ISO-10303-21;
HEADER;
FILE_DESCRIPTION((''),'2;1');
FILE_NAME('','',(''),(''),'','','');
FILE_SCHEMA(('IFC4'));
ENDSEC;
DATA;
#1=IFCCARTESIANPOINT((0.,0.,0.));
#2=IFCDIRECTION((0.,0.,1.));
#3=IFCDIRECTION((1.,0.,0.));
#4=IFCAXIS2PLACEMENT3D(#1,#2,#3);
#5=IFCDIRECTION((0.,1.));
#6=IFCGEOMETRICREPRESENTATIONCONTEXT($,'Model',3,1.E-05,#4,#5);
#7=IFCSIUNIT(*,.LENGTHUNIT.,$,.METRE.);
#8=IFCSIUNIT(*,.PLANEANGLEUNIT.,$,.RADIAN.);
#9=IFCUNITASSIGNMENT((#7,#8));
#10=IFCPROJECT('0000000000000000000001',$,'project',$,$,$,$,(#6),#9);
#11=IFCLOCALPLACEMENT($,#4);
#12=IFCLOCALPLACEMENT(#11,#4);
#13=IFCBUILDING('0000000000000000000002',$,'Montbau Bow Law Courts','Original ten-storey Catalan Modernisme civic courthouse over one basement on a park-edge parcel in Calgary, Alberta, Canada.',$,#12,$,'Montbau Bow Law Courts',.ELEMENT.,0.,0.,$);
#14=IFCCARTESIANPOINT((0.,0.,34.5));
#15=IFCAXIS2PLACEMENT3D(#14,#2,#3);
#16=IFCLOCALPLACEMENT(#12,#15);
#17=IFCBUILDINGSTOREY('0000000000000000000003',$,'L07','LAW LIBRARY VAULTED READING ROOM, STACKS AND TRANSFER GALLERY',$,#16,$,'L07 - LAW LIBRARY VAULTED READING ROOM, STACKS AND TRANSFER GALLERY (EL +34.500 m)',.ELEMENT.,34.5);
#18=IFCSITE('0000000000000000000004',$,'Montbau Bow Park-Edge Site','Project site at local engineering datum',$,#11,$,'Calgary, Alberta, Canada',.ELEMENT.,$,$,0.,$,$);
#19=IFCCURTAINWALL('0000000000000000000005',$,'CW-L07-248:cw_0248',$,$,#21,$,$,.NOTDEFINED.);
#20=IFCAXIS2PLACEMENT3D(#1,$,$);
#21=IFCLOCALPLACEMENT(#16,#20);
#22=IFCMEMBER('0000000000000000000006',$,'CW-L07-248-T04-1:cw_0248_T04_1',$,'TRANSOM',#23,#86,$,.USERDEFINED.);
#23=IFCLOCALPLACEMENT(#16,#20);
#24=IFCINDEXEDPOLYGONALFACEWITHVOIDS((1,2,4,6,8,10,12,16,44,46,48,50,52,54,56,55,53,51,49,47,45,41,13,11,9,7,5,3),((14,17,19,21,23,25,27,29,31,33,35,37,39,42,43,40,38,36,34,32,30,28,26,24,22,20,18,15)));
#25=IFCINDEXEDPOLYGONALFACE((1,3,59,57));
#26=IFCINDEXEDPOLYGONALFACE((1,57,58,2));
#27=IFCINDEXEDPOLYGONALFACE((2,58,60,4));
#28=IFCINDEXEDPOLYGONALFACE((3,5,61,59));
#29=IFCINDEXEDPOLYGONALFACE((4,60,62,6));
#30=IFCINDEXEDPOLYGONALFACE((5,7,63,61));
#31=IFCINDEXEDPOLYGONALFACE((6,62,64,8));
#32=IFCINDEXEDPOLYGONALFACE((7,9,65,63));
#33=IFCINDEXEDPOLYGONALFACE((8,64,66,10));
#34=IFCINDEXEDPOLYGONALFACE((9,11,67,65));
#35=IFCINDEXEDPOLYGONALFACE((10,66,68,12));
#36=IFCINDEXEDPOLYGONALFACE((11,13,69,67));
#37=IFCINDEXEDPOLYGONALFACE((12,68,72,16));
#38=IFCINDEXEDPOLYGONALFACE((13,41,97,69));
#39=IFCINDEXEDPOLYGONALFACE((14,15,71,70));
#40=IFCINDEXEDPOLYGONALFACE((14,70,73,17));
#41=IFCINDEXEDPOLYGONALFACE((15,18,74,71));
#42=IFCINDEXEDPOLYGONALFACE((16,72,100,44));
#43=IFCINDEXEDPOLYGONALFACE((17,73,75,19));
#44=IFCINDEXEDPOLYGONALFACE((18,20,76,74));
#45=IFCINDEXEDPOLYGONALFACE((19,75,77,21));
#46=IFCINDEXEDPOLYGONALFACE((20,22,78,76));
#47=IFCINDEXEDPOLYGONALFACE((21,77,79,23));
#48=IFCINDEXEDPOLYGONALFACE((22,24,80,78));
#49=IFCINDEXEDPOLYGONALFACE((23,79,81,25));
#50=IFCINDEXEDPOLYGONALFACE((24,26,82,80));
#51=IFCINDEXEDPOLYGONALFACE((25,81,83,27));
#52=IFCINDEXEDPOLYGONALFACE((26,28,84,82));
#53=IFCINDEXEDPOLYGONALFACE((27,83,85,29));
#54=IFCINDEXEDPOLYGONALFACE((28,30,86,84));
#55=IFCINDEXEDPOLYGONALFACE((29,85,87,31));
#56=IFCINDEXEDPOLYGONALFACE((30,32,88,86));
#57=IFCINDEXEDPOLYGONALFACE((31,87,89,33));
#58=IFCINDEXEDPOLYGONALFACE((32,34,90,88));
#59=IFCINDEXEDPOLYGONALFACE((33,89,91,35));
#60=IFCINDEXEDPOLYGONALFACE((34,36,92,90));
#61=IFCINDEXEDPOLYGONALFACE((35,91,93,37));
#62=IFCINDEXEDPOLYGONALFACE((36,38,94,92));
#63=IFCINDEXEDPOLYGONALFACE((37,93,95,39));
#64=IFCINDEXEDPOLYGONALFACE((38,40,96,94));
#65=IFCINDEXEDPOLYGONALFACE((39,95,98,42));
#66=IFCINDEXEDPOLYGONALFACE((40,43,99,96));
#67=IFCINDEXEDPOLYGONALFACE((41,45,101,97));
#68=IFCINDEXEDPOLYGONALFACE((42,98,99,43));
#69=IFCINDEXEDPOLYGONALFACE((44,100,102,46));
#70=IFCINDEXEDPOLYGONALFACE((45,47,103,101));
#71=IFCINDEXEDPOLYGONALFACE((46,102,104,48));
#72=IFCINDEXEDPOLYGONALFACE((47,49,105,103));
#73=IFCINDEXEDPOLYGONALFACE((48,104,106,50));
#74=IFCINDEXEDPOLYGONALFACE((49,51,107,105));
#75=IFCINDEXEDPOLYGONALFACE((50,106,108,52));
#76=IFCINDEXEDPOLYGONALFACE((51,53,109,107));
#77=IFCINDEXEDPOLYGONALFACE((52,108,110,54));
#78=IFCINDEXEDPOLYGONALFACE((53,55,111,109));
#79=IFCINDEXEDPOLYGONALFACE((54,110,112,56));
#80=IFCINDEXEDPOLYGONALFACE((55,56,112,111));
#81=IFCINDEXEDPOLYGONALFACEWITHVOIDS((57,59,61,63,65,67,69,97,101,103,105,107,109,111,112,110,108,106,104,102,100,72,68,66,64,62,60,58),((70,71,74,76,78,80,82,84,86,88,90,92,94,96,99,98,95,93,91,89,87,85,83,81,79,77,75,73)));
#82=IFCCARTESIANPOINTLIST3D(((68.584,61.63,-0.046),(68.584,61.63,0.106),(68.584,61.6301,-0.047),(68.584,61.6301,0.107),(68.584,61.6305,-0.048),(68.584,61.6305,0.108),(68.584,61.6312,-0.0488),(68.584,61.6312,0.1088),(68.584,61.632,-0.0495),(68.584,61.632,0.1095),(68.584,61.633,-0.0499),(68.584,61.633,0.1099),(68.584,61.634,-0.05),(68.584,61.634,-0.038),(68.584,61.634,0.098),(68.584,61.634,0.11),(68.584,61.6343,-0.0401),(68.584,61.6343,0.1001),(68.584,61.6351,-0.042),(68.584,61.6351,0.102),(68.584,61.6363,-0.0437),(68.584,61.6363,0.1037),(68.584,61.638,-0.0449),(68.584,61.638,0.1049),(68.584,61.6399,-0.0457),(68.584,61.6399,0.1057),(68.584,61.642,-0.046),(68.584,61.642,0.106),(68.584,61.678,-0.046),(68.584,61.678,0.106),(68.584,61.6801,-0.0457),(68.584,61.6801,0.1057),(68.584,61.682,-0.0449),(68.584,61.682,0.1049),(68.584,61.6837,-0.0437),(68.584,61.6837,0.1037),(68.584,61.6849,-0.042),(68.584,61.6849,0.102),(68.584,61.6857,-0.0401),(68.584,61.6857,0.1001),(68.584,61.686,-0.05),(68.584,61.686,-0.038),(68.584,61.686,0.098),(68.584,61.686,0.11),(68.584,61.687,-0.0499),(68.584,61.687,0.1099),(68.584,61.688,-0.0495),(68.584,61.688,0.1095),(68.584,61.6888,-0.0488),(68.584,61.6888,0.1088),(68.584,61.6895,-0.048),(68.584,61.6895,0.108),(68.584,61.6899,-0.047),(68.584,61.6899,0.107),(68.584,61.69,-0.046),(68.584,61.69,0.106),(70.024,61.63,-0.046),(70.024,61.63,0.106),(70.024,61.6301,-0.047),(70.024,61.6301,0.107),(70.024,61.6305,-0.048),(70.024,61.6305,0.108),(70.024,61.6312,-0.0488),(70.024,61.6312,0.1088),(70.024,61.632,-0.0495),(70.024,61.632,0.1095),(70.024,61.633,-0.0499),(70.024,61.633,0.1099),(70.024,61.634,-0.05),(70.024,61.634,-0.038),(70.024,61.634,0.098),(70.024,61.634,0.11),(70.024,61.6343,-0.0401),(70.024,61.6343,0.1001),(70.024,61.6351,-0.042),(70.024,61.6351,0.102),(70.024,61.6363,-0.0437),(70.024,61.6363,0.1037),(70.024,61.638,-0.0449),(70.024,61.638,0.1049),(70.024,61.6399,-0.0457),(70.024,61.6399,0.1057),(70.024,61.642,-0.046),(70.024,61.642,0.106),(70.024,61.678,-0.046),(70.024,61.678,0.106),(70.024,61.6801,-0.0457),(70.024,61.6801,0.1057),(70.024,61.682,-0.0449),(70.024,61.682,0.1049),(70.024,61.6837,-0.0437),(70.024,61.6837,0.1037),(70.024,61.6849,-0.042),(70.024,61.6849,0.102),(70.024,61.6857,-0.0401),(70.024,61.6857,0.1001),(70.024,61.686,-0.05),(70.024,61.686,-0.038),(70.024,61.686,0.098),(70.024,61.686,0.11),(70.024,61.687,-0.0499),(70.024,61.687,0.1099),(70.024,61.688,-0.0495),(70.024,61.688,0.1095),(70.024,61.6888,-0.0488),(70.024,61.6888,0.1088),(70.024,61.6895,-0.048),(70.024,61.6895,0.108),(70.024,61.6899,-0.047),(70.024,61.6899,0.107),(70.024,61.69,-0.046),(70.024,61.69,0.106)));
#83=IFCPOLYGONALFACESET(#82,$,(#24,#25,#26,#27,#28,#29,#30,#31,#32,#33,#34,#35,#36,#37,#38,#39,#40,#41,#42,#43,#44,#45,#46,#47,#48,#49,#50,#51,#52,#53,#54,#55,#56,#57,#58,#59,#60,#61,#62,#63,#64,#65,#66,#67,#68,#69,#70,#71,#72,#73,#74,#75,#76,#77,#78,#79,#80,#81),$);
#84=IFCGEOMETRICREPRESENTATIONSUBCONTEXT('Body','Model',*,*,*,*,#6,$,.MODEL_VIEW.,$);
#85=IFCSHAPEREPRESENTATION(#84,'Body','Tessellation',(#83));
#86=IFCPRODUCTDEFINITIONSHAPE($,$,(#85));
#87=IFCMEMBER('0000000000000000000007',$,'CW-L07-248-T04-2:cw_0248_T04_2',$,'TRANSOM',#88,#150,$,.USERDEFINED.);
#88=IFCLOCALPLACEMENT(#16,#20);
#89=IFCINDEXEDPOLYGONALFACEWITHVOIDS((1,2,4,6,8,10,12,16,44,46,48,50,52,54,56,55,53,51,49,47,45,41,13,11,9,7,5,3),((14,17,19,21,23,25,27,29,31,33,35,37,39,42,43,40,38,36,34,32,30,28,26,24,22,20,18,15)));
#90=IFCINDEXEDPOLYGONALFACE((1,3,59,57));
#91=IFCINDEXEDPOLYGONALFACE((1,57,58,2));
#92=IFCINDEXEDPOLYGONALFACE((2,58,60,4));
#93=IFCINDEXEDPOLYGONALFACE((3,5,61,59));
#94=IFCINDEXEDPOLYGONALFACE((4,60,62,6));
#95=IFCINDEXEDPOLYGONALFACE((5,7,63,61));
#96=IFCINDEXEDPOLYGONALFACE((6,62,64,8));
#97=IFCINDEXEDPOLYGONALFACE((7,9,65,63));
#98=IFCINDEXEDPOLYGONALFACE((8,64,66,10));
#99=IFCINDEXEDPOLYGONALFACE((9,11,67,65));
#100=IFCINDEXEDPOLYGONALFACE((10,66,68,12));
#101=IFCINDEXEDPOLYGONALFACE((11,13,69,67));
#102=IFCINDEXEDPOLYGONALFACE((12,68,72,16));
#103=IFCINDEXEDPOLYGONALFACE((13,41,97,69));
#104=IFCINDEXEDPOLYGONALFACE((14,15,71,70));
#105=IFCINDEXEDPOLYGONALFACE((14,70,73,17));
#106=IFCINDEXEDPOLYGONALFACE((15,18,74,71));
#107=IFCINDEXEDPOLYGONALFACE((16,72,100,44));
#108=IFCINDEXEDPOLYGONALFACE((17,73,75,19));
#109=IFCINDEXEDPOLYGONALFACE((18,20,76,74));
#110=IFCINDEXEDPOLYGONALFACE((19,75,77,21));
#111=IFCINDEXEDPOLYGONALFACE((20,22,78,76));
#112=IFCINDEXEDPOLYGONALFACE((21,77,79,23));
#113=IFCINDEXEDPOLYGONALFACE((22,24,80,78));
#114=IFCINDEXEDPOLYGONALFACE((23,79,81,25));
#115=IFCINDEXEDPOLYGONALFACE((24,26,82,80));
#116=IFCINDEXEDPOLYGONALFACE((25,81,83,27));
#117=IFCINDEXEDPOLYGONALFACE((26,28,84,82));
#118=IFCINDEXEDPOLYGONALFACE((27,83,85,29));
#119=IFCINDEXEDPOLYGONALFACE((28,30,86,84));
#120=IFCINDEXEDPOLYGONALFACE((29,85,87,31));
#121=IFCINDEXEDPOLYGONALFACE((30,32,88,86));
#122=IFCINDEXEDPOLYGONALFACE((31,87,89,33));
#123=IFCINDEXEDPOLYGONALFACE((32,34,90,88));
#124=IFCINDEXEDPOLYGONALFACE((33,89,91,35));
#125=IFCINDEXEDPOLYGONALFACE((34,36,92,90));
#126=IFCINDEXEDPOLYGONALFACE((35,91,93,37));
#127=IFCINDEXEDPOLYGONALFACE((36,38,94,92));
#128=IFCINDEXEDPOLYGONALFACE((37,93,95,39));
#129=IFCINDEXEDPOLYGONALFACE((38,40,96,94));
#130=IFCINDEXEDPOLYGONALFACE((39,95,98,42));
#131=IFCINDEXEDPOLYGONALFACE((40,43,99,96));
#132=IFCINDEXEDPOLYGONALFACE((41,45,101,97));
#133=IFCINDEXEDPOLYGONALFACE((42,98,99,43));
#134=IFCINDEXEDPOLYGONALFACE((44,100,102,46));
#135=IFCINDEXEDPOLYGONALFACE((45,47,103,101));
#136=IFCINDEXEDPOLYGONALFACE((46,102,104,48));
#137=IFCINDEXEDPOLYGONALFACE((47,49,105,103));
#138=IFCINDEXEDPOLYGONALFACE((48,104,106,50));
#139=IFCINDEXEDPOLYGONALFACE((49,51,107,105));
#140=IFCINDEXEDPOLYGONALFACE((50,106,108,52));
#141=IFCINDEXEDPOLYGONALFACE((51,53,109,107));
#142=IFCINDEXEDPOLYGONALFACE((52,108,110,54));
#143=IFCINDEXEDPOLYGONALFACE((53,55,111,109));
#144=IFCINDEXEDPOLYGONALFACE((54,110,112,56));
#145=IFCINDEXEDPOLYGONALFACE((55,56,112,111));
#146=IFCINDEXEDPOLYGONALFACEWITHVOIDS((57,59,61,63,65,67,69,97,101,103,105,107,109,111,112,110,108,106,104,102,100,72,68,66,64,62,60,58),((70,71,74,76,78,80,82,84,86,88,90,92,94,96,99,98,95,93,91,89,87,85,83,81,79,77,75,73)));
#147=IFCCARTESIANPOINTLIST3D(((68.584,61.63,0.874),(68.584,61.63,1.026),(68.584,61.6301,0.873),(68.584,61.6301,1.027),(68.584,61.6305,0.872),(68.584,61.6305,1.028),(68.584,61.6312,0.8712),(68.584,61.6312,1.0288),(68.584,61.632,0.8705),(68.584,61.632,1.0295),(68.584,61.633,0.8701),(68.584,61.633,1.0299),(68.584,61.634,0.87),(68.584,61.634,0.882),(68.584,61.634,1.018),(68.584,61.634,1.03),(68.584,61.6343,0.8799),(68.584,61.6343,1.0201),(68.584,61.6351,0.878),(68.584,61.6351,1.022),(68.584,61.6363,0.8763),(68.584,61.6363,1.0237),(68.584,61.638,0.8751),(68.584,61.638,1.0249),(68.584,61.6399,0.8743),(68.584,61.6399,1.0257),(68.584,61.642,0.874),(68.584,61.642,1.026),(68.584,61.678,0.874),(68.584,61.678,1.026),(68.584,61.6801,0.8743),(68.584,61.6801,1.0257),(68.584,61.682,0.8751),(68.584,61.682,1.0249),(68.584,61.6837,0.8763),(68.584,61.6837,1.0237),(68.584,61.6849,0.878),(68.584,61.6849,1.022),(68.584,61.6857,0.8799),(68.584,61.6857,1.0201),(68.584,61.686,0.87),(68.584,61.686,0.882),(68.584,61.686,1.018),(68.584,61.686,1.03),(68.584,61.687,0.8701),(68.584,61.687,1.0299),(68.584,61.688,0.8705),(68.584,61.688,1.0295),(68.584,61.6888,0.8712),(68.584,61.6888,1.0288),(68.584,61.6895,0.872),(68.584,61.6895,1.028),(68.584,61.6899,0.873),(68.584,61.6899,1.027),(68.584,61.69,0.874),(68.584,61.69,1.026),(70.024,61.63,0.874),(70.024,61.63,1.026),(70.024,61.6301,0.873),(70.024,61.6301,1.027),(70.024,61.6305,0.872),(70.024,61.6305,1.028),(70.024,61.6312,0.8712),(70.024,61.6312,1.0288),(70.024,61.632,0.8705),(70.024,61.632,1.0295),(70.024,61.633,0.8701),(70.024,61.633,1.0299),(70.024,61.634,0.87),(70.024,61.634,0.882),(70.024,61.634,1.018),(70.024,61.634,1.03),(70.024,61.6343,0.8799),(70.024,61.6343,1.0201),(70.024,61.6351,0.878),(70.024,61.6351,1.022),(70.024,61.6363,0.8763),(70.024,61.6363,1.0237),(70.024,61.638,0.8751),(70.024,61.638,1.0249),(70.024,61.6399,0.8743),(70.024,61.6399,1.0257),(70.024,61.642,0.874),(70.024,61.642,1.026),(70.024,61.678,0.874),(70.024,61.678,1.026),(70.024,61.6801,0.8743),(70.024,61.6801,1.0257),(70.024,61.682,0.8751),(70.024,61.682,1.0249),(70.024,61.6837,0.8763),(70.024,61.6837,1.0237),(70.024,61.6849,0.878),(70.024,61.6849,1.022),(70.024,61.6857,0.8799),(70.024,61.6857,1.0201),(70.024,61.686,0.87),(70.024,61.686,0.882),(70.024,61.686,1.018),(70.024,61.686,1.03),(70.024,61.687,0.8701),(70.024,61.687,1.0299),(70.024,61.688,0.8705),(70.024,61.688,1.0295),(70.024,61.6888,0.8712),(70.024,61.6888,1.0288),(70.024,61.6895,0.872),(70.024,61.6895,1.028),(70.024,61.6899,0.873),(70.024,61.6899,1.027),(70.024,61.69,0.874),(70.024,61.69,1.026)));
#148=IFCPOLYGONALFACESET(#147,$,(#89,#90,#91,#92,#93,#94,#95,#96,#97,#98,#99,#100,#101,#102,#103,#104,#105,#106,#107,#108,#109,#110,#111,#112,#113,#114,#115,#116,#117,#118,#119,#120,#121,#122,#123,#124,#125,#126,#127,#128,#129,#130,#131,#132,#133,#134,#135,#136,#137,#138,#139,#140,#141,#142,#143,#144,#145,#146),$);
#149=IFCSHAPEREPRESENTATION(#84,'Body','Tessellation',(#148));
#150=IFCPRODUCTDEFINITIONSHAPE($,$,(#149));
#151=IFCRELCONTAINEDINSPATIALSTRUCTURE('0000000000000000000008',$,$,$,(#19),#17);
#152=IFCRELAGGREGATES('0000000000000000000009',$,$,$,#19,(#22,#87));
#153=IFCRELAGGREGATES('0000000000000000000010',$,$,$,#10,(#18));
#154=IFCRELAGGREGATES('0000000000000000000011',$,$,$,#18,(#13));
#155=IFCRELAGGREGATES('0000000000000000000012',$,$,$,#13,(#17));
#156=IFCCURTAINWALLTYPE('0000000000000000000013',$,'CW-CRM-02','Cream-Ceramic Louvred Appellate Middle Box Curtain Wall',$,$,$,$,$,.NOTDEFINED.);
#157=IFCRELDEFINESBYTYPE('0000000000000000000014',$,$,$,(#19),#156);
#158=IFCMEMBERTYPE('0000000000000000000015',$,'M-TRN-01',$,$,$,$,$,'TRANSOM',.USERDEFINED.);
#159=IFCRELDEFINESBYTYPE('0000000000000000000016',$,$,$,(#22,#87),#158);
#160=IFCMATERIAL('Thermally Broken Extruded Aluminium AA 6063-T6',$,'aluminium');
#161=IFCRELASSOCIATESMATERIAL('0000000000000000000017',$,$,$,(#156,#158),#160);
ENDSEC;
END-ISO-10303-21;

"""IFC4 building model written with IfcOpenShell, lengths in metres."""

from ifc_helpers import new_model, si_unit, direction, frame, origin_with_axes, origin_2d_with_axis, place, context, subcontext, project, spatial, hollow_rectangle, extrude, material, material_profile, profile_set, type_object, element, aggregate, save


model = new_model("IFC4")

# Units and contexts
model_context = context("Model", 3, precision=1e-05, world=origin_with_axes(), true_north=direction((0.0, 1.0)))
body_context = subcontext(model_context, "Body", "Model", "MODEL_VIEW")
ifc_project = project(units=[si_unit("LENGTHUNIT", "METRE"), si_unit("PLANEANGLEUNIT", "RADIAN")], contexts=[model_context])

# Site, building, storey
site_placement = place(None, origin_with_axes())
site = spatial("IfcSite", under=ifc_project, at=site_placement, Name="Montbau Bow Park-Edge Site", Description="Project site at local engineering datum", LongName="Calgary, Alberta, Canada", CompositionType="ELEMENT", RefElevation=0.0)
building_placement = place(site_placement, origin_with_axes())
building = spatial("IfcBuilding", under=site, at=building_placement, Name="Montbau Bow Law Courts", Description="Original ten-storey Catalan Modernisme civic courthouse over one basement on a park-edge parcel in Calgary, Alberta, Canada.", LongName="Montbau Bow Law Courts", CompositionType="ELEMENT", ElevationOfRefHeight=0.0, ElevationOfTerrain=0.0)
storey_placement = place(building_placement, frame((0.0, 0.0, 34.5), z_axis=(0.0, 0.0, 1.0), x_axis=(1.0, 0.0, 0.0)))
storey = spatial("IfcBuildingStorey", under=building, at=storey_placement, Name="L07", Description="LAW LIBRARY VAULTED READING ROOM, STACKS AND TRANSFER GALLERY", LongName="L07 - LAW LIBRARY VAULTED READING ROOM, STACKS AND TRANSFER GALLERY (EL +34.500 m)", CompositionType="ELEMENT", Elevation=34.5)

# Curtain wall, members
ifc_material_1 = material(Name="Thermally Broken Extruded Aluminium AA 6063-T6", Category="aluminium")
curtain_wall_type = type_object("IfcCurtainWallType", Name="CW-CRM-02", Description="Cream-Ceramic Louvred Appellate Middle Box Curtain Wall", PredefinedType="NOTDEFINED", material=ifc_material_1)
curtain_wall_placement = place(None, frame((64.04, 61.66, 34.5), z_axis=(0.0, 0.0, 1.0), x_axis=(1.0, 0.0, 0.0)))
curtain_wall = element("IfcCurtainWall", 1, at=curtain_wall_placement, inside=storey, type_object=curtain_wall_type, Name="CW-L07-248:cw_0248", PredefinedType="NOTDEFINED")
ifc_material_profile_1 = material_profile(ifc_material_1, hollow_rectangle(XDim=0.06, YDim=0.16, WallThickness=0.004, InnerFilletRadius=0.008, OuterFilletRadius=0.004, at=origin_2d_with_axis()), Name="CWT-160X60", Category="Main", Priority=0)
ifc_profile_set_1 = profile_set([ifc_material_profile_1], Name="Thermally Broken Extruded Aluminium AA 6063-T6")
member_type_1 = type_object("IfcMemberType", Name="M-TRN-01", ElementType="TRANSOM", PredefinedType="USERDEFINED", material=ifc_profile_set_1)
member_1_placement = place(None, frame((68.584, 61.66, 34.53), z_axis=(1.0, 0.0, 0.0), x_axis=(0.0, 1.0, 0.0)))
member_1 = element("IfcMember", 2, at=member_1_placement, type_object=member_type_1, Name="CW-L07-248-T04-1:cw_0248_T04_1", ObjectType="TRANSOM", PredefinedType="USERDEFINED", context=body_context, shape_type="SweptSolid", body=[
    extrude(hollow_rectangle(XDim=0.06, YDim=0.16, WallThickness=0.004, InnerFilletRadius=0.008, OuterFilletRadius=0.004, at=origin_2d_with_axis()), origin_with_axes(), (0.0, 0.0, 1.0), 1.44),
])
member_2_placement = place(None, frame((68.584, 61.66, 35.45), z_axis=(1.0, 0.0, 0.0), x_axis=(0.0, 1.0, 0.0)))
member_2 = element("IfcMember", 3, at=member_2_placement, type_object=member_type_1, Name="CW-L07-248-T04-2:cw_0248_T04_2", ObjectType="TRANSOM", PredefinedType="USERDEFINED", context=body_context, shape_type="SweptSolid", body=[
    extrude(hollow_rectangle(XDim=0.06, YDim=0.16, WallThickness=0.004, InnerFilletRadius=0.008, OuterFilletRadius=0.004, at=origin_2d_with_axis()), origin_with_axes(), (0.0, 0.0, 1.0), 1.44),
])
aggregate(curtain_wall, [member_1, member_2])

save(model, "model.ifc")
